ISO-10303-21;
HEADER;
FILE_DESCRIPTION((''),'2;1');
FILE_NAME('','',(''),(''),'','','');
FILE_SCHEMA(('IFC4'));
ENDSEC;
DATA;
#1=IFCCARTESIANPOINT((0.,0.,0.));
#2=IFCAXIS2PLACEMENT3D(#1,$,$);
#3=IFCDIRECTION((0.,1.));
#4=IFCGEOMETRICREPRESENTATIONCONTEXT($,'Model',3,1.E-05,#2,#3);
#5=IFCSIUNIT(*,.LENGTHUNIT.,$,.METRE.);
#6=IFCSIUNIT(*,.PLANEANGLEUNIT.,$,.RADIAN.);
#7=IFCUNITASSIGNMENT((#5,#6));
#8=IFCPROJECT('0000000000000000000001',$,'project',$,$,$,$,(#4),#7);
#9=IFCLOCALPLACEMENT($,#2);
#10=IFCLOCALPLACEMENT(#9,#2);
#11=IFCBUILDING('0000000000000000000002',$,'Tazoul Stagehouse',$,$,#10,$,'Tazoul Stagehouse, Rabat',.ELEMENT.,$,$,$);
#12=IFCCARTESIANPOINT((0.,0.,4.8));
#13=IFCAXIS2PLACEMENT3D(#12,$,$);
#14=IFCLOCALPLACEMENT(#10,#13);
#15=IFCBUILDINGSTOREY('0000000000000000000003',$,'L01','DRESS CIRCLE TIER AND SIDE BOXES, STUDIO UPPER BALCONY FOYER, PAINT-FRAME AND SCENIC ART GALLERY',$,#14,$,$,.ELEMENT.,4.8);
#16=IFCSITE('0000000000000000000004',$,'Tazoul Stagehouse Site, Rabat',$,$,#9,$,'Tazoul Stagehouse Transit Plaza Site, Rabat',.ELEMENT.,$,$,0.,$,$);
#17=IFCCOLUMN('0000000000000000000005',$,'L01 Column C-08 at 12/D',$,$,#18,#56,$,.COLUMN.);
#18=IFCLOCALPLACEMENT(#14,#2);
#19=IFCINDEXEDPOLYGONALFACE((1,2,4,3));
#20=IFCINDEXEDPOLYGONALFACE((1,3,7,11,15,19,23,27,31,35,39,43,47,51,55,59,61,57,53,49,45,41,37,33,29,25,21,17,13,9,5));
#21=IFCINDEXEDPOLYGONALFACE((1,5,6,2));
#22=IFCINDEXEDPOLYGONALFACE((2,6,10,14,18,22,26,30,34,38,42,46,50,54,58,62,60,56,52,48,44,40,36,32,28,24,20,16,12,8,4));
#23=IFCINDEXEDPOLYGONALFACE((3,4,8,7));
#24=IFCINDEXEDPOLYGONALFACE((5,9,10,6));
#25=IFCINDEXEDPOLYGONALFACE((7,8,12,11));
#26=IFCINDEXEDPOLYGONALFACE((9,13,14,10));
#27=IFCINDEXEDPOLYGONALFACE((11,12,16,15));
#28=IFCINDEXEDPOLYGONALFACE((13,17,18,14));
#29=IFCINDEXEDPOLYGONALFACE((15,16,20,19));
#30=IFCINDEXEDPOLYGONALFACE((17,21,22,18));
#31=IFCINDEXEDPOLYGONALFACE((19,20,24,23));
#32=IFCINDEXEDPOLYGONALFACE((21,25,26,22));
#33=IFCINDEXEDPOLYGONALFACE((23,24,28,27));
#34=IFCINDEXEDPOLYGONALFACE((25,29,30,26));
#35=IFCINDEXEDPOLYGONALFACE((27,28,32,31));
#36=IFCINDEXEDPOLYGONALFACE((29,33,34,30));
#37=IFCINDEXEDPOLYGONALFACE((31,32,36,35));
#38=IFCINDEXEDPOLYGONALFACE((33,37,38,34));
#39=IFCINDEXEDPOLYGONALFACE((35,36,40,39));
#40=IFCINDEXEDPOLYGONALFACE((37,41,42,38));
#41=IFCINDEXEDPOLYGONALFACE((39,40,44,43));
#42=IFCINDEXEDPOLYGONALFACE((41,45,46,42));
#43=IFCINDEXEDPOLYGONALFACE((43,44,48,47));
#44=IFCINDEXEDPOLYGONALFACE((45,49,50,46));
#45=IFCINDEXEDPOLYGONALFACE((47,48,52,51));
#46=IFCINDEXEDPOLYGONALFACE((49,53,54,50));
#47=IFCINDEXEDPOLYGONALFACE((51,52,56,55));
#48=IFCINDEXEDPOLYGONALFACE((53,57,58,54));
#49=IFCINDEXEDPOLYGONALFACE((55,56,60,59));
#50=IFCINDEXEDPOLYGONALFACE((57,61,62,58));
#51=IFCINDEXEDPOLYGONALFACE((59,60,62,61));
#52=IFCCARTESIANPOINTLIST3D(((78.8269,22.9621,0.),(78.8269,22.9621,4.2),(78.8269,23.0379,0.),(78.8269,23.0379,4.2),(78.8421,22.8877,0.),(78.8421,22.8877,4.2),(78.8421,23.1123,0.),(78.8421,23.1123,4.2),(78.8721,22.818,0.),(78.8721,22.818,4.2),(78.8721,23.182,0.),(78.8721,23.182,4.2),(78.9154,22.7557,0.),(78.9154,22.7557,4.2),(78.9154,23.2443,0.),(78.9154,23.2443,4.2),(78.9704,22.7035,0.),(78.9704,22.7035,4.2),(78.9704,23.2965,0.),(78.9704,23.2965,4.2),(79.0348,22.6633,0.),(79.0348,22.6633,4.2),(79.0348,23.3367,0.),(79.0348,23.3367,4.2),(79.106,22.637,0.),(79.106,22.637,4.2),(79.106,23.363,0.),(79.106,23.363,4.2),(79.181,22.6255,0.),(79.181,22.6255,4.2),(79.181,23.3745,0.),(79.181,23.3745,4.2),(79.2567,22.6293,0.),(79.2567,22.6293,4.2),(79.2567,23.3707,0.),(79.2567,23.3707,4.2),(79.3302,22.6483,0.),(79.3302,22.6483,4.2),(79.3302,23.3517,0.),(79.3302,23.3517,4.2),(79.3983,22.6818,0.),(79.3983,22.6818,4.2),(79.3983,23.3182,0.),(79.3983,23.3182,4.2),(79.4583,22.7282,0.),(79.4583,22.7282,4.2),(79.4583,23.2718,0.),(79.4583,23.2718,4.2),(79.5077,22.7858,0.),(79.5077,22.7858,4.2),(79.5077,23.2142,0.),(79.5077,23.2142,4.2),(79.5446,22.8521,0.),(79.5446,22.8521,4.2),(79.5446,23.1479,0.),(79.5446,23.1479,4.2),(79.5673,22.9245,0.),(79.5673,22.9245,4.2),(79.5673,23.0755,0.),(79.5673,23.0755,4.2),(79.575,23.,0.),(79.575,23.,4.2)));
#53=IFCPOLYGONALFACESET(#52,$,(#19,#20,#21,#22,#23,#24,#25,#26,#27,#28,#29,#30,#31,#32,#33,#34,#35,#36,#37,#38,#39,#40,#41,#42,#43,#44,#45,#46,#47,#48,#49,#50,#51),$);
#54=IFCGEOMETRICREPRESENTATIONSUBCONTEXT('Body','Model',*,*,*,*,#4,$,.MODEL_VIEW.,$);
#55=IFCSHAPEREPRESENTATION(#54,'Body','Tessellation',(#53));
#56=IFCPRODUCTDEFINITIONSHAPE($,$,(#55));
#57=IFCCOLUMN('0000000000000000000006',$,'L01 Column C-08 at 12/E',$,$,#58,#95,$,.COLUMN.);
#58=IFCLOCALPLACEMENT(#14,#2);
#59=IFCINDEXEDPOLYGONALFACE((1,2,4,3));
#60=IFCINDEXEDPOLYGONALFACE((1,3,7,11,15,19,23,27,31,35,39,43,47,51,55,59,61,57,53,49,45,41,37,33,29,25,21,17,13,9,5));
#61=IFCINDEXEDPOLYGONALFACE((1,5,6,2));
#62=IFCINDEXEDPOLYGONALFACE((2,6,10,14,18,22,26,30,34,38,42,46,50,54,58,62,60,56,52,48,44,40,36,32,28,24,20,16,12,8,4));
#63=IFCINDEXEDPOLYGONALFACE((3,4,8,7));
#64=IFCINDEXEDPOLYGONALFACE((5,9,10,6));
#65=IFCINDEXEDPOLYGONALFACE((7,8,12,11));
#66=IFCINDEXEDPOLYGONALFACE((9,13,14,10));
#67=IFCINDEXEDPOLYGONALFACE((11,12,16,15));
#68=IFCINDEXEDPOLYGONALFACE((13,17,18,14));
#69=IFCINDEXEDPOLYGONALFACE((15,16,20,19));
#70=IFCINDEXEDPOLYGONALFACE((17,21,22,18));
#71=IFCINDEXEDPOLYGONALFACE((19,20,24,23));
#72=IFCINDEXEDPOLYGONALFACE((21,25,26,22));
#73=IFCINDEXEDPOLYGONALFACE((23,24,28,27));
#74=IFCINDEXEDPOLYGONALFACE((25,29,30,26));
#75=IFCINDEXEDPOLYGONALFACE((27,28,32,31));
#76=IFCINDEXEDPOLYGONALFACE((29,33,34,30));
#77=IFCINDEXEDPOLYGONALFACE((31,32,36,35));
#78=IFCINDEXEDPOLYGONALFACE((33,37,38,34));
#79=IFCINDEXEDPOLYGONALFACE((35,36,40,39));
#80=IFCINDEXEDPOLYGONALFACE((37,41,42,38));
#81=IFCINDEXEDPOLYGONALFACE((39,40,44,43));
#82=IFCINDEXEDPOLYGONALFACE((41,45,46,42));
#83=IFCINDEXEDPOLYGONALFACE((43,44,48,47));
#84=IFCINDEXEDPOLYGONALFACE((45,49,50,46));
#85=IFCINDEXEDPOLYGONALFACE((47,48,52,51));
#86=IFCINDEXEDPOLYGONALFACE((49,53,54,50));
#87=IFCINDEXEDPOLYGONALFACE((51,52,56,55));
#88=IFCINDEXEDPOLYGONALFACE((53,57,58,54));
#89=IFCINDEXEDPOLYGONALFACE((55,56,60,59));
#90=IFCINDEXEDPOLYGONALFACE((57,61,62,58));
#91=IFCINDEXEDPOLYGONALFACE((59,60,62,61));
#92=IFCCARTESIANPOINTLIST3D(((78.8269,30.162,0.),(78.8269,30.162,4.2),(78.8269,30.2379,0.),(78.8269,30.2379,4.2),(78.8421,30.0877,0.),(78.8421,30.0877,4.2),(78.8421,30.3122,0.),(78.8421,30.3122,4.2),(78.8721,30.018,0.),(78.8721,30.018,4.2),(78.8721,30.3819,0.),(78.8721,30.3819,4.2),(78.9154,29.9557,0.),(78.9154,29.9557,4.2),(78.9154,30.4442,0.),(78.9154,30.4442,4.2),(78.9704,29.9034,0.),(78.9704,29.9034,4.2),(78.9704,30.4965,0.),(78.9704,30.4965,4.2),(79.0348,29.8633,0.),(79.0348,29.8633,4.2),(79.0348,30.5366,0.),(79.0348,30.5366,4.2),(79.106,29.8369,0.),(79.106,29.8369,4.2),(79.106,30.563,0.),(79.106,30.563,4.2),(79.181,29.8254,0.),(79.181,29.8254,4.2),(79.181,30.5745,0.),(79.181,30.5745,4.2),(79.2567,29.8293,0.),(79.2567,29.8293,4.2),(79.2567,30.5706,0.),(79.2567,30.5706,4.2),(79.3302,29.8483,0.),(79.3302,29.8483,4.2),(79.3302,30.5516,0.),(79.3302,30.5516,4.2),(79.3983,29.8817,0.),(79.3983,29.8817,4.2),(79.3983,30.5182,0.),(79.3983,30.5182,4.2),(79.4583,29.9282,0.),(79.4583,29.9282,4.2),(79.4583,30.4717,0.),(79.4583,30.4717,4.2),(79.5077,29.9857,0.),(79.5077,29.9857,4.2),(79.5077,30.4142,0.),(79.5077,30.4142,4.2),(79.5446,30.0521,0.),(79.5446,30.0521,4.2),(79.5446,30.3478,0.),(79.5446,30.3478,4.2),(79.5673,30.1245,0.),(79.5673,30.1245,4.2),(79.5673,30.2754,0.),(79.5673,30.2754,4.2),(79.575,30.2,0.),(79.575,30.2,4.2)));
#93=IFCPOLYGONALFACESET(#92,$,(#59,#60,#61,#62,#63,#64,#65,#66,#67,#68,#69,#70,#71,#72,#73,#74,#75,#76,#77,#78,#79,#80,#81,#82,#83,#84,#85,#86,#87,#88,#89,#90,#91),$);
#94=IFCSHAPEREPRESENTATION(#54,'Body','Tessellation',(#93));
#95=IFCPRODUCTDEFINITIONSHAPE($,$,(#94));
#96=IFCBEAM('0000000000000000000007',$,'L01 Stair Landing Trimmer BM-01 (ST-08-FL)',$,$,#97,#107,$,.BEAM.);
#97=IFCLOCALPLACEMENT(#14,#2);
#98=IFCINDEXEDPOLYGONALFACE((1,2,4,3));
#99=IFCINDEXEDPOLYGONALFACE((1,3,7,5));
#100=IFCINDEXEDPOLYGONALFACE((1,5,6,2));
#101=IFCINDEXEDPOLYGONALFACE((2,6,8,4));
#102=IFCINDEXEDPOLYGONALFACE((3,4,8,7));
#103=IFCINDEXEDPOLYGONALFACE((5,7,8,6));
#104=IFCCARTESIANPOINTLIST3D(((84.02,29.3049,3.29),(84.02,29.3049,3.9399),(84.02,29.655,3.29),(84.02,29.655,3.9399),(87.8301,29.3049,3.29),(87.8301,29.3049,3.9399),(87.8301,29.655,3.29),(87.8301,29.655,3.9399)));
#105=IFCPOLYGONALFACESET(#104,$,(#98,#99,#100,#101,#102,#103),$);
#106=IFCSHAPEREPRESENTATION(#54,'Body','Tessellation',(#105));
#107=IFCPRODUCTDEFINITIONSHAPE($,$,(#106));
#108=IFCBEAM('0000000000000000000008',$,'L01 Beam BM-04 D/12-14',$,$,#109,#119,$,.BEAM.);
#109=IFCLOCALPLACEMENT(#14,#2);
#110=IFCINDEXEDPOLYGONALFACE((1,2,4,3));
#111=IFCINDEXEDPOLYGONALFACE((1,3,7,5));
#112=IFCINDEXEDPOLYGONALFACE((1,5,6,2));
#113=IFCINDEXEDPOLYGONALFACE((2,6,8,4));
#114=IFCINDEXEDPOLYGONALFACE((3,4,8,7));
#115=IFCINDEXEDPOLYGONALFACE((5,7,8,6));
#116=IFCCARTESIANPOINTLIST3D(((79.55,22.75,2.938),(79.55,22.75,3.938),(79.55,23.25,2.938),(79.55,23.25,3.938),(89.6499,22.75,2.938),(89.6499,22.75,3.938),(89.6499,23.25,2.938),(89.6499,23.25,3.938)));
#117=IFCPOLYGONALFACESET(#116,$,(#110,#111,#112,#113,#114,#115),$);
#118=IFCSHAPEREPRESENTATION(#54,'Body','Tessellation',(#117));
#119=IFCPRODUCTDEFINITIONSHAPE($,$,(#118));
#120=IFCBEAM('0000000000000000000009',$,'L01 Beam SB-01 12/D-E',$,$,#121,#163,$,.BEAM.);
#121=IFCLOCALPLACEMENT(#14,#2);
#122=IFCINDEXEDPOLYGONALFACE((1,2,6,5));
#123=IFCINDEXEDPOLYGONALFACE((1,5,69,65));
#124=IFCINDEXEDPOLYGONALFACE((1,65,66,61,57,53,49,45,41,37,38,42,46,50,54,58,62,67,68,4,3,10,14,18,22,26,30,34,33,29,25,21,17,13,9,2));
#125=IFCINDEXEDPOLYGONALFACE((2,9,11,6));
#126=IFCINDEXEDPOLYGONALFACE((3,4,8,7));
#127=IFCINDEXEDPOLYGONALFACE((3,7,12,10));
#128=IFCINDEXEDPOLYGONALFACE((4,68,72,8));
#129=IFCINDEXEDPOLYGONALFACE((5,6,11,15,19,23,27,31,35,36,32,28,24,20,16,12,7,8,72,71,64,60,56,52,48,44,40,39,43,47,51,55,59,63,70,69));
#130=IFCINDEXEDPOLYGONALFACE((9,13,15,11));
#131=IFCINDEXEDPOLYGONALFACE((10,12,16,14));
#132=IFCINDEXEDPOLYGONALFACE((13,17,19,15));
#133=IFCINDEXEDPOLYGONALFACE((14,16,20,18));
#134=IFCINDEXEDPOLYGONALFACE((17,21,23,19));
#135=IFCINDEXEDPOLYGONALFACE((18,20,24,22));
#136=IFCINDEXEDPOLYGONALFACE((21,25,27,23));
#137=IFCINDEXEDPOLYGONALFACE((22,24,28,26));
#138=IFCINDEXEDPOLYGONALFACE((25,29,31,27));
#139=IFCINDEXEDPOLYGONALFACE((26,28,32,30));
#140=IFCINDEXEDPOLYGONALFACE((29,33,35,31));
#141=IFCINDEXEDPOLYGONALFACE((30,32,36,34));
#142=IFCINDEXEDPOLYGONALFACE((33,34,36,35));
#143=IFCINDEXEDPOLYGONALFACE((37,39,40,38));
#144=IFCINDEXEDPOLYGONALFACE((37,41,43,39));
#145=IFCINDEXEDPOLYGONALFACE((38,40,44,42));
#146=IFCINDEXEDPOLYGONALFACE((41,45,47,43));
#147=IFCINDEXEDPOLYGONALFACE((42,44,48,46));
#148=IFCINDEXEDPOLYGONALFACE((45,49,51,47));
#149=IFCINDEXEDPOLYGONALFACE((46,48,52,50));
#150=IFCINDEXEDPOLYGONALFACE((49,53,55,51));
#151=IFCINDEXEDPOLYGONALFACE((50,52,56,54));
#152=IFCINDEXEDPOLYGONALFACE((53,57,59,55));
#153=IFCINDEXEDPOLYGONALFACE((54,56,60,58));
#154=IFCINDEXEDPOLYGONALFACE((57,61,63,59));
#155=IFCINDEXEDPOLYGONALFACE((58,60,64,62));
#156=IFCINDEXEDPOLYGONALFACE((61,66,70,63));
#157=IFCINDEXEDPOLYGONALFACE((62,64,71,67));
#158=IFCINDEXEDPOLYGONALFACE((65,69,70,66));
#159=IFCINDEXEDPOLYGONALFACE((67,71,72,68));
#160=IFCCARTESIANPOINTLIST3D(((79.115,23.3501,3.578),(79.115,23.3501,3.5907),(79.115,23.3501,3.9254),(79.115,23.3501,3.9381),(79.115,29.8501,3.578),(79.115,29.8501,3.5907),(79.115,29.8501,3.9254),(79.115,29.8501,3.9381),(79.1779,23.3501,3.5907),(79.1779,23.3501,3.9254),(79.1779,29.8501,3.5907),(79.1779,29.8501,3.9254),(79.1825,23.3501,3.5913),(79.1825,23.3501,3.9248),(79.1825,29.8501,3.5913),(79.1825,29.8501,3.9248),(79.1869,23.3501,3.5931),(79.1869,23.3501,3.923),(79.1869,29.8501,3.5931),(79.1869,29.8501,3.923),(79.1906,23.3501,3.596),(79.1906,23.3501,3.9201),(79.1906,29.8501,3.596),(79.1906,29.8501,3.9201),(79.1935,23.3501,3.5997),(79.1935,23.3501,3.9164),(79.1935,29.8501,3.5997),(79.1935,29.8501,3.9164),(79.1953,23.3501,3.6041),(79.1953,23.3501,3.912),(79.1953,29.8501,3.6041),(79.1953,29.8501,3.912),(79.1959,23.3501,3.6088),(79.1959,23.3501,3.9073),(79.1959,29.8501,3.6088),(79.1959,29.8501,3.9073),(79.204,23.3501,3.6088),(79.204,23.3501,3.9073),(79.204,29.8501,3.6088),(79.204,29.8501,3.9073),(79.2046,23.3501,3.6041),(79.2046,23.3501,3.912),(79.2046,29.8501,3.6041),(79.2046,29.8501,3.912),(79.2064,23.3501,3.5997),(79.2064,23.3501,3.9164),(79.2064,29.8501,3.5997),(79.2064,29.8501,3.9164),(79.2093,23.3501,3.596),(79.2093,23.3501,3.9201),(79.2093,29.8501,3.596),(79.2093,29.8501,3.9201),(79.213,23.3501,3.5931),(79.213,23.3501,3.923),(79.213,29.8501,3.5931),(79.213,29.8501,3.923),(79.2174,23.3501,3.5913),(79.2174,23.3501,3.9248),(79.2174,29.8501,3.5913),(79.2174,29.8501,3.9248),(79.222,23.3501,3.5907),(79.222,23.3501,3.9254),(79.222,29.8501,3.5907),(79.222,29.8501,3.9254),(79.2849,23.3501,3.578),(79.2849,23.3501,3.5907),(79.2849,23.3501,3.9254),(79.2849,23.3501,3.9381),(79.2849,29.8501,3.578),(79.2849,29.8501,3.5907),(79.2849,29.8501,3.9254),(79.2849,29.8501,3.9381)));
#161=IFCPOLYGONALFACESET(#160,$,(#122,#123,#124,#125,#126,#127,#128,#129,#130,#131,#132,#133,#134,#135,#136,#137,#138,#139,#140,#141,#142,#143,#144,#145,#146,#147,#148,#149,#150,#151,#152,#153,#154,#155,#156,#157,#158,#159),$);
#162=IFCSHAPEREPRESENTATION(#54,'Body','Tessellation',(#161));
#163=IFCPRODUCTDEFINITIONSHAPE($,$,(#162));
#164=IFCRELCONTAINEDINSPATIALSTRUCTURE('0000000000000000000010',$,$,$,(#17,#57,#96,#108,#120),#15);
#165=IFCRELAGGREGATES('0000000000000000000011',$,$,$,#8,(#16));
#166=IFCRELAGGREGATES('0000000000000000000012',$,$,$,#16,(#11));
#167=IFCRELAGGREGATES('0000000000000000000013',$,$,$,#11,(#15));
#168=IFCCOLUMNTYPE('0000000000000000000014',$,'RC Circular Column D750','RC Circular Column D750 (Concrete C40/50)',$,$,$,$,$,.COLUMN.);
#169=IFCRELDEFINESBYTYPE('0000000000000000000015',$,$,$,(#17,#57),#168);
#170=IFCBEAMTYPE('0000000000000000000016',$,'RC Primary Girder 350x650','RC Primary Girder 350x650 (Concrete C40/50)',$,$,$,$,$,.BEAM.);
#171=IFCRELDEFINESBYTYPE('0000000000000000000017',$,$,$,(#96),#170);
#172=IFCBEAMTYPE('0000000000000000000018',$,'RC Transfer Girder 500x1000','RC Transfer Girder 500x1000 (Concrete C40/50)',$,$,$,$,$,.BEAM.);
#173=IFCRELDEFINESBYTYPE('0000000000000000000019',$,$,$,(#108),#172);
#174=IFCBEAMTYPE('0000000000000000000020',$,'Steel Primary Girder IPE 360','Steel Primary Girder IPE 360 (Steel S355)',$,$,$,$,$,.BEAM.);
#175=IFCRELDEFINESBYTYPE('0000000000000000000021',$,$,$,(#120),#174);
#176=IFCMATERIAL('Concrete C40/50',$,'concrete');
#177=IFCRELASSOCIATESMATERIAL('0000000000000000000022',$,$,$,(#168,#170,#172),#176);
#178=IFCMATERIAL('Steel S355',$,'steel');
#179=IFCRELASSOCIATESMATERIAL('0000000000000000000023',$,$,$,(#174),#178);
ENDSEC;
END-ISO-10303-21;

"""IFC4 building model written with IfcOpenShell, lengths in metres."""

from ifc_helpers import new_model, si_unit, direction, frame, origin, origin_2d, place, context, subcontext, project, spatial, rectangle, circle, i_section, extrude, material, material_profile, profile_set, type_object, element, save


model = new_model("IFC4")

# Units and contexts
model_context = context("Model", 3, precision=1e-05, world=origin(), true_north=direction((0.0, 1.0)))
body_context = subcontext(model_context, "Body", "Model", "MODEL_VIEW")
ifc_project = project(units=[si_unit("LENGTHUNIT", "METRE"), si_unit("PLANEANGLEUNIT", "RADIAN")], contexts=[model_context])

# Site, building, storey
site_placement = place(None, origin())
site = spatial("IfcSite", under=ifc_project, at=site_placement, Name="Tazoul Stagehouse Site, Rabat", LongName="Tazoul Stagehouse Transit Plaza Site, Rabat", CompositionType="ELEMENT", RefElevation=0.0)
building_placement = place(site_placement, origin())
building = spatial("IfcBuilding", under=site, at=building_placement, Name="Tazoul Stagehouse", LongName="Tazoul Stagehouse, Rabat", CompositionType="ELEMENT")
storey_placement = place(building_placement, frame((0.0, 0.0, 4.8)))
storey = spatial("IfcBuildingStorey", under=building, at=storey_placement, Name="L01", Description="DRESS CIRCLE TIER AND SIDE BOXES, STUDIO UPPER BALCONY FOYER, PAINT-FRAME AND SCENIC ART GALLERY", CompositionType="ELEMENT", Elevation=4.8)

# Columns
ifc_material_1 = material(Name="Concrete C40/50", Category="concrete")
ifc_material_profile_1 = material_profile(ifc_material_1, circle(Radius=0.375, at=origin_2d()), Name="RC D750")
ifc_profile_set_1 = profile_set([ifc_material_profile_1], Name="Concrete C40/50")
column_type = type_object("IfcColumnType", Name="RC Circular Column D750", Description="RC Circular Column D750 (Concrete C40/50)", PredefinedType="COLUMN", material=ifc_profile_set_1)
for number, where, z_axis, x_axis, name in (
    (1, (79.2, 23.0, 0.0), (0.0, 0.0, 1.0), (1.0, 0.0, 0.0), "L01 Column C-08 at 12/D"),
    (2, (79.2, 30.2, 0.0), (0.0, 0.0, 1.0), (1.0, 0.0, 0.0), "L01 Column C-08 at 12/E"),
):
    element("IfcColumn", number, at=place(storey_placement, frame(where, z_axis=z_axis, x_axis=x_axis)), inside=storey, type_object=column_type, Name=name, PredefinedType="COLUMN", context=body_context, shape_type="SweptSolid", body=[
        extrude(circle(Radius=0.375, at=origin_2d()), origin(), (0.0, 0.0, 1.0), 4.2),
    ])

# Beams
ifc_material_profile_2 = material_profile(ifc_material_1, rectangle(XDim=0.3501, YDim=0.6499, at=origin_2d()), Name="RC 350x650")
ifc_profile_set_2 = profile_set([ifc_material_profile_2], Name="Concrete C40/50")
beam_type_1 = type_object("IfcBeamType", Name="RC Primary Girder 350x650", Description="RC Primary Girder 350x650 (Concrete C40/50)", PredefinedType="BEAM", material=ifc_profile_set_2)
beam_1_placement = place(storey_placement, frame((84.02, 29.48, 3.615), z_axis=(1.0, 0.0, 0.0), x_axis=(0.0, 1.0, 0.0)))
element("IfcBeam", 3, at=beam_1_placement, inside=storey, type_object=beam_type_1, Name="L01 Stair Landing Trimmer BM-01 (ST-08-FL)", PredefinedType="BEAM", context=body_context, shape_type="SweptSolid", body=[
    extrude(rectangle(XDim=0.3501, YDim=0.6499, at=origin_2d()), origin(), (0.0, 0.0, 1.0), 3.8101),
])
ifc_material_profile_3 = material_profile(ifc_material_1, rectangle(XDim=0.5, YDim=1.0, at=origin_2d()), Name="RC 500x1000")
ifc_profile_set_3 = profile_set([ifc_material_profile_3], Name="Concrete C40/50")
beam_type_2 = type_object("IfcBeamType", Name="RC Transfer Girder 500x1000", Description="RC Transfer Girder 500x1000 (Concrete C40/50)", PredefinedType="BEAM", material=ifc_profile_set_3)
beam_2_placement = place(storey_placement, frame((79.55, 23.0, 3.438), z_axis=(1.0, 0.0, 0.0), x_axis=(0.0, 1.0, 0.0)))
element("IfcBeam", 4, at=beam_2_placement, inside=storey, type_object=beam_type_2, Name="L01 Beam BM-04 D/12-14", PredefinedType="BEAM", context=body_context, shape_type="SweptSolid", body=[
    extrude(rectangle(XDim=0.5, YDim=1.0, at=origin_2d()), origin(), (0.0, 0.0, 1.0), 10.0999),
])
ifc_material_2 = material(Name="Steel S355", Category="steel")
ifc_material_profile_4 = material_profile(ifc_material_2, i_section(OverallWidth=0.1699, OverallDepth=0.3601, WebThickness=0.0081, FlangeThickness=0.0127, FilletRadius=0.0181, at=origin_2d()), Name="IPE 360")
ifc_profile_set_4 = profile_set([ifc_material_profile_4], Name="Steel S355")
beam_type_3 = type_object("IfcBeamType", Name="Steel Primary Girder IPE 360", Description="Steel Primary Girder IPE 360 (Steel S355)", PredefinedType="BEAM", material=ifc_profile_set_4)
beam_3_placement = place(storey_placement, frame((79.2, 23.3501, 3.7581), z_axis=(0.0, 1.0, 0.0), x_axis=(-1.0, 0.0, 0.0)))
element("IfcBeam", 5, at=beam_3_placement, inside=storey, type_object=beam_type_3, Name="L01 Beam SB-01 12/D-E", PredefinedType="BEAM", context=body_context, shape_type="SweptSolid", body=[
    extrude(i_section(OverallWidth=0.1699, OverallDepth=0.3601, WebThickness=0.0081, FlangeThickness=0.0127, FilletRadius=0.0181, at=origin_2d()), origin(), (0.0, 0.0, 1.0), 6.5),
])

save(model, "model.ifc")
